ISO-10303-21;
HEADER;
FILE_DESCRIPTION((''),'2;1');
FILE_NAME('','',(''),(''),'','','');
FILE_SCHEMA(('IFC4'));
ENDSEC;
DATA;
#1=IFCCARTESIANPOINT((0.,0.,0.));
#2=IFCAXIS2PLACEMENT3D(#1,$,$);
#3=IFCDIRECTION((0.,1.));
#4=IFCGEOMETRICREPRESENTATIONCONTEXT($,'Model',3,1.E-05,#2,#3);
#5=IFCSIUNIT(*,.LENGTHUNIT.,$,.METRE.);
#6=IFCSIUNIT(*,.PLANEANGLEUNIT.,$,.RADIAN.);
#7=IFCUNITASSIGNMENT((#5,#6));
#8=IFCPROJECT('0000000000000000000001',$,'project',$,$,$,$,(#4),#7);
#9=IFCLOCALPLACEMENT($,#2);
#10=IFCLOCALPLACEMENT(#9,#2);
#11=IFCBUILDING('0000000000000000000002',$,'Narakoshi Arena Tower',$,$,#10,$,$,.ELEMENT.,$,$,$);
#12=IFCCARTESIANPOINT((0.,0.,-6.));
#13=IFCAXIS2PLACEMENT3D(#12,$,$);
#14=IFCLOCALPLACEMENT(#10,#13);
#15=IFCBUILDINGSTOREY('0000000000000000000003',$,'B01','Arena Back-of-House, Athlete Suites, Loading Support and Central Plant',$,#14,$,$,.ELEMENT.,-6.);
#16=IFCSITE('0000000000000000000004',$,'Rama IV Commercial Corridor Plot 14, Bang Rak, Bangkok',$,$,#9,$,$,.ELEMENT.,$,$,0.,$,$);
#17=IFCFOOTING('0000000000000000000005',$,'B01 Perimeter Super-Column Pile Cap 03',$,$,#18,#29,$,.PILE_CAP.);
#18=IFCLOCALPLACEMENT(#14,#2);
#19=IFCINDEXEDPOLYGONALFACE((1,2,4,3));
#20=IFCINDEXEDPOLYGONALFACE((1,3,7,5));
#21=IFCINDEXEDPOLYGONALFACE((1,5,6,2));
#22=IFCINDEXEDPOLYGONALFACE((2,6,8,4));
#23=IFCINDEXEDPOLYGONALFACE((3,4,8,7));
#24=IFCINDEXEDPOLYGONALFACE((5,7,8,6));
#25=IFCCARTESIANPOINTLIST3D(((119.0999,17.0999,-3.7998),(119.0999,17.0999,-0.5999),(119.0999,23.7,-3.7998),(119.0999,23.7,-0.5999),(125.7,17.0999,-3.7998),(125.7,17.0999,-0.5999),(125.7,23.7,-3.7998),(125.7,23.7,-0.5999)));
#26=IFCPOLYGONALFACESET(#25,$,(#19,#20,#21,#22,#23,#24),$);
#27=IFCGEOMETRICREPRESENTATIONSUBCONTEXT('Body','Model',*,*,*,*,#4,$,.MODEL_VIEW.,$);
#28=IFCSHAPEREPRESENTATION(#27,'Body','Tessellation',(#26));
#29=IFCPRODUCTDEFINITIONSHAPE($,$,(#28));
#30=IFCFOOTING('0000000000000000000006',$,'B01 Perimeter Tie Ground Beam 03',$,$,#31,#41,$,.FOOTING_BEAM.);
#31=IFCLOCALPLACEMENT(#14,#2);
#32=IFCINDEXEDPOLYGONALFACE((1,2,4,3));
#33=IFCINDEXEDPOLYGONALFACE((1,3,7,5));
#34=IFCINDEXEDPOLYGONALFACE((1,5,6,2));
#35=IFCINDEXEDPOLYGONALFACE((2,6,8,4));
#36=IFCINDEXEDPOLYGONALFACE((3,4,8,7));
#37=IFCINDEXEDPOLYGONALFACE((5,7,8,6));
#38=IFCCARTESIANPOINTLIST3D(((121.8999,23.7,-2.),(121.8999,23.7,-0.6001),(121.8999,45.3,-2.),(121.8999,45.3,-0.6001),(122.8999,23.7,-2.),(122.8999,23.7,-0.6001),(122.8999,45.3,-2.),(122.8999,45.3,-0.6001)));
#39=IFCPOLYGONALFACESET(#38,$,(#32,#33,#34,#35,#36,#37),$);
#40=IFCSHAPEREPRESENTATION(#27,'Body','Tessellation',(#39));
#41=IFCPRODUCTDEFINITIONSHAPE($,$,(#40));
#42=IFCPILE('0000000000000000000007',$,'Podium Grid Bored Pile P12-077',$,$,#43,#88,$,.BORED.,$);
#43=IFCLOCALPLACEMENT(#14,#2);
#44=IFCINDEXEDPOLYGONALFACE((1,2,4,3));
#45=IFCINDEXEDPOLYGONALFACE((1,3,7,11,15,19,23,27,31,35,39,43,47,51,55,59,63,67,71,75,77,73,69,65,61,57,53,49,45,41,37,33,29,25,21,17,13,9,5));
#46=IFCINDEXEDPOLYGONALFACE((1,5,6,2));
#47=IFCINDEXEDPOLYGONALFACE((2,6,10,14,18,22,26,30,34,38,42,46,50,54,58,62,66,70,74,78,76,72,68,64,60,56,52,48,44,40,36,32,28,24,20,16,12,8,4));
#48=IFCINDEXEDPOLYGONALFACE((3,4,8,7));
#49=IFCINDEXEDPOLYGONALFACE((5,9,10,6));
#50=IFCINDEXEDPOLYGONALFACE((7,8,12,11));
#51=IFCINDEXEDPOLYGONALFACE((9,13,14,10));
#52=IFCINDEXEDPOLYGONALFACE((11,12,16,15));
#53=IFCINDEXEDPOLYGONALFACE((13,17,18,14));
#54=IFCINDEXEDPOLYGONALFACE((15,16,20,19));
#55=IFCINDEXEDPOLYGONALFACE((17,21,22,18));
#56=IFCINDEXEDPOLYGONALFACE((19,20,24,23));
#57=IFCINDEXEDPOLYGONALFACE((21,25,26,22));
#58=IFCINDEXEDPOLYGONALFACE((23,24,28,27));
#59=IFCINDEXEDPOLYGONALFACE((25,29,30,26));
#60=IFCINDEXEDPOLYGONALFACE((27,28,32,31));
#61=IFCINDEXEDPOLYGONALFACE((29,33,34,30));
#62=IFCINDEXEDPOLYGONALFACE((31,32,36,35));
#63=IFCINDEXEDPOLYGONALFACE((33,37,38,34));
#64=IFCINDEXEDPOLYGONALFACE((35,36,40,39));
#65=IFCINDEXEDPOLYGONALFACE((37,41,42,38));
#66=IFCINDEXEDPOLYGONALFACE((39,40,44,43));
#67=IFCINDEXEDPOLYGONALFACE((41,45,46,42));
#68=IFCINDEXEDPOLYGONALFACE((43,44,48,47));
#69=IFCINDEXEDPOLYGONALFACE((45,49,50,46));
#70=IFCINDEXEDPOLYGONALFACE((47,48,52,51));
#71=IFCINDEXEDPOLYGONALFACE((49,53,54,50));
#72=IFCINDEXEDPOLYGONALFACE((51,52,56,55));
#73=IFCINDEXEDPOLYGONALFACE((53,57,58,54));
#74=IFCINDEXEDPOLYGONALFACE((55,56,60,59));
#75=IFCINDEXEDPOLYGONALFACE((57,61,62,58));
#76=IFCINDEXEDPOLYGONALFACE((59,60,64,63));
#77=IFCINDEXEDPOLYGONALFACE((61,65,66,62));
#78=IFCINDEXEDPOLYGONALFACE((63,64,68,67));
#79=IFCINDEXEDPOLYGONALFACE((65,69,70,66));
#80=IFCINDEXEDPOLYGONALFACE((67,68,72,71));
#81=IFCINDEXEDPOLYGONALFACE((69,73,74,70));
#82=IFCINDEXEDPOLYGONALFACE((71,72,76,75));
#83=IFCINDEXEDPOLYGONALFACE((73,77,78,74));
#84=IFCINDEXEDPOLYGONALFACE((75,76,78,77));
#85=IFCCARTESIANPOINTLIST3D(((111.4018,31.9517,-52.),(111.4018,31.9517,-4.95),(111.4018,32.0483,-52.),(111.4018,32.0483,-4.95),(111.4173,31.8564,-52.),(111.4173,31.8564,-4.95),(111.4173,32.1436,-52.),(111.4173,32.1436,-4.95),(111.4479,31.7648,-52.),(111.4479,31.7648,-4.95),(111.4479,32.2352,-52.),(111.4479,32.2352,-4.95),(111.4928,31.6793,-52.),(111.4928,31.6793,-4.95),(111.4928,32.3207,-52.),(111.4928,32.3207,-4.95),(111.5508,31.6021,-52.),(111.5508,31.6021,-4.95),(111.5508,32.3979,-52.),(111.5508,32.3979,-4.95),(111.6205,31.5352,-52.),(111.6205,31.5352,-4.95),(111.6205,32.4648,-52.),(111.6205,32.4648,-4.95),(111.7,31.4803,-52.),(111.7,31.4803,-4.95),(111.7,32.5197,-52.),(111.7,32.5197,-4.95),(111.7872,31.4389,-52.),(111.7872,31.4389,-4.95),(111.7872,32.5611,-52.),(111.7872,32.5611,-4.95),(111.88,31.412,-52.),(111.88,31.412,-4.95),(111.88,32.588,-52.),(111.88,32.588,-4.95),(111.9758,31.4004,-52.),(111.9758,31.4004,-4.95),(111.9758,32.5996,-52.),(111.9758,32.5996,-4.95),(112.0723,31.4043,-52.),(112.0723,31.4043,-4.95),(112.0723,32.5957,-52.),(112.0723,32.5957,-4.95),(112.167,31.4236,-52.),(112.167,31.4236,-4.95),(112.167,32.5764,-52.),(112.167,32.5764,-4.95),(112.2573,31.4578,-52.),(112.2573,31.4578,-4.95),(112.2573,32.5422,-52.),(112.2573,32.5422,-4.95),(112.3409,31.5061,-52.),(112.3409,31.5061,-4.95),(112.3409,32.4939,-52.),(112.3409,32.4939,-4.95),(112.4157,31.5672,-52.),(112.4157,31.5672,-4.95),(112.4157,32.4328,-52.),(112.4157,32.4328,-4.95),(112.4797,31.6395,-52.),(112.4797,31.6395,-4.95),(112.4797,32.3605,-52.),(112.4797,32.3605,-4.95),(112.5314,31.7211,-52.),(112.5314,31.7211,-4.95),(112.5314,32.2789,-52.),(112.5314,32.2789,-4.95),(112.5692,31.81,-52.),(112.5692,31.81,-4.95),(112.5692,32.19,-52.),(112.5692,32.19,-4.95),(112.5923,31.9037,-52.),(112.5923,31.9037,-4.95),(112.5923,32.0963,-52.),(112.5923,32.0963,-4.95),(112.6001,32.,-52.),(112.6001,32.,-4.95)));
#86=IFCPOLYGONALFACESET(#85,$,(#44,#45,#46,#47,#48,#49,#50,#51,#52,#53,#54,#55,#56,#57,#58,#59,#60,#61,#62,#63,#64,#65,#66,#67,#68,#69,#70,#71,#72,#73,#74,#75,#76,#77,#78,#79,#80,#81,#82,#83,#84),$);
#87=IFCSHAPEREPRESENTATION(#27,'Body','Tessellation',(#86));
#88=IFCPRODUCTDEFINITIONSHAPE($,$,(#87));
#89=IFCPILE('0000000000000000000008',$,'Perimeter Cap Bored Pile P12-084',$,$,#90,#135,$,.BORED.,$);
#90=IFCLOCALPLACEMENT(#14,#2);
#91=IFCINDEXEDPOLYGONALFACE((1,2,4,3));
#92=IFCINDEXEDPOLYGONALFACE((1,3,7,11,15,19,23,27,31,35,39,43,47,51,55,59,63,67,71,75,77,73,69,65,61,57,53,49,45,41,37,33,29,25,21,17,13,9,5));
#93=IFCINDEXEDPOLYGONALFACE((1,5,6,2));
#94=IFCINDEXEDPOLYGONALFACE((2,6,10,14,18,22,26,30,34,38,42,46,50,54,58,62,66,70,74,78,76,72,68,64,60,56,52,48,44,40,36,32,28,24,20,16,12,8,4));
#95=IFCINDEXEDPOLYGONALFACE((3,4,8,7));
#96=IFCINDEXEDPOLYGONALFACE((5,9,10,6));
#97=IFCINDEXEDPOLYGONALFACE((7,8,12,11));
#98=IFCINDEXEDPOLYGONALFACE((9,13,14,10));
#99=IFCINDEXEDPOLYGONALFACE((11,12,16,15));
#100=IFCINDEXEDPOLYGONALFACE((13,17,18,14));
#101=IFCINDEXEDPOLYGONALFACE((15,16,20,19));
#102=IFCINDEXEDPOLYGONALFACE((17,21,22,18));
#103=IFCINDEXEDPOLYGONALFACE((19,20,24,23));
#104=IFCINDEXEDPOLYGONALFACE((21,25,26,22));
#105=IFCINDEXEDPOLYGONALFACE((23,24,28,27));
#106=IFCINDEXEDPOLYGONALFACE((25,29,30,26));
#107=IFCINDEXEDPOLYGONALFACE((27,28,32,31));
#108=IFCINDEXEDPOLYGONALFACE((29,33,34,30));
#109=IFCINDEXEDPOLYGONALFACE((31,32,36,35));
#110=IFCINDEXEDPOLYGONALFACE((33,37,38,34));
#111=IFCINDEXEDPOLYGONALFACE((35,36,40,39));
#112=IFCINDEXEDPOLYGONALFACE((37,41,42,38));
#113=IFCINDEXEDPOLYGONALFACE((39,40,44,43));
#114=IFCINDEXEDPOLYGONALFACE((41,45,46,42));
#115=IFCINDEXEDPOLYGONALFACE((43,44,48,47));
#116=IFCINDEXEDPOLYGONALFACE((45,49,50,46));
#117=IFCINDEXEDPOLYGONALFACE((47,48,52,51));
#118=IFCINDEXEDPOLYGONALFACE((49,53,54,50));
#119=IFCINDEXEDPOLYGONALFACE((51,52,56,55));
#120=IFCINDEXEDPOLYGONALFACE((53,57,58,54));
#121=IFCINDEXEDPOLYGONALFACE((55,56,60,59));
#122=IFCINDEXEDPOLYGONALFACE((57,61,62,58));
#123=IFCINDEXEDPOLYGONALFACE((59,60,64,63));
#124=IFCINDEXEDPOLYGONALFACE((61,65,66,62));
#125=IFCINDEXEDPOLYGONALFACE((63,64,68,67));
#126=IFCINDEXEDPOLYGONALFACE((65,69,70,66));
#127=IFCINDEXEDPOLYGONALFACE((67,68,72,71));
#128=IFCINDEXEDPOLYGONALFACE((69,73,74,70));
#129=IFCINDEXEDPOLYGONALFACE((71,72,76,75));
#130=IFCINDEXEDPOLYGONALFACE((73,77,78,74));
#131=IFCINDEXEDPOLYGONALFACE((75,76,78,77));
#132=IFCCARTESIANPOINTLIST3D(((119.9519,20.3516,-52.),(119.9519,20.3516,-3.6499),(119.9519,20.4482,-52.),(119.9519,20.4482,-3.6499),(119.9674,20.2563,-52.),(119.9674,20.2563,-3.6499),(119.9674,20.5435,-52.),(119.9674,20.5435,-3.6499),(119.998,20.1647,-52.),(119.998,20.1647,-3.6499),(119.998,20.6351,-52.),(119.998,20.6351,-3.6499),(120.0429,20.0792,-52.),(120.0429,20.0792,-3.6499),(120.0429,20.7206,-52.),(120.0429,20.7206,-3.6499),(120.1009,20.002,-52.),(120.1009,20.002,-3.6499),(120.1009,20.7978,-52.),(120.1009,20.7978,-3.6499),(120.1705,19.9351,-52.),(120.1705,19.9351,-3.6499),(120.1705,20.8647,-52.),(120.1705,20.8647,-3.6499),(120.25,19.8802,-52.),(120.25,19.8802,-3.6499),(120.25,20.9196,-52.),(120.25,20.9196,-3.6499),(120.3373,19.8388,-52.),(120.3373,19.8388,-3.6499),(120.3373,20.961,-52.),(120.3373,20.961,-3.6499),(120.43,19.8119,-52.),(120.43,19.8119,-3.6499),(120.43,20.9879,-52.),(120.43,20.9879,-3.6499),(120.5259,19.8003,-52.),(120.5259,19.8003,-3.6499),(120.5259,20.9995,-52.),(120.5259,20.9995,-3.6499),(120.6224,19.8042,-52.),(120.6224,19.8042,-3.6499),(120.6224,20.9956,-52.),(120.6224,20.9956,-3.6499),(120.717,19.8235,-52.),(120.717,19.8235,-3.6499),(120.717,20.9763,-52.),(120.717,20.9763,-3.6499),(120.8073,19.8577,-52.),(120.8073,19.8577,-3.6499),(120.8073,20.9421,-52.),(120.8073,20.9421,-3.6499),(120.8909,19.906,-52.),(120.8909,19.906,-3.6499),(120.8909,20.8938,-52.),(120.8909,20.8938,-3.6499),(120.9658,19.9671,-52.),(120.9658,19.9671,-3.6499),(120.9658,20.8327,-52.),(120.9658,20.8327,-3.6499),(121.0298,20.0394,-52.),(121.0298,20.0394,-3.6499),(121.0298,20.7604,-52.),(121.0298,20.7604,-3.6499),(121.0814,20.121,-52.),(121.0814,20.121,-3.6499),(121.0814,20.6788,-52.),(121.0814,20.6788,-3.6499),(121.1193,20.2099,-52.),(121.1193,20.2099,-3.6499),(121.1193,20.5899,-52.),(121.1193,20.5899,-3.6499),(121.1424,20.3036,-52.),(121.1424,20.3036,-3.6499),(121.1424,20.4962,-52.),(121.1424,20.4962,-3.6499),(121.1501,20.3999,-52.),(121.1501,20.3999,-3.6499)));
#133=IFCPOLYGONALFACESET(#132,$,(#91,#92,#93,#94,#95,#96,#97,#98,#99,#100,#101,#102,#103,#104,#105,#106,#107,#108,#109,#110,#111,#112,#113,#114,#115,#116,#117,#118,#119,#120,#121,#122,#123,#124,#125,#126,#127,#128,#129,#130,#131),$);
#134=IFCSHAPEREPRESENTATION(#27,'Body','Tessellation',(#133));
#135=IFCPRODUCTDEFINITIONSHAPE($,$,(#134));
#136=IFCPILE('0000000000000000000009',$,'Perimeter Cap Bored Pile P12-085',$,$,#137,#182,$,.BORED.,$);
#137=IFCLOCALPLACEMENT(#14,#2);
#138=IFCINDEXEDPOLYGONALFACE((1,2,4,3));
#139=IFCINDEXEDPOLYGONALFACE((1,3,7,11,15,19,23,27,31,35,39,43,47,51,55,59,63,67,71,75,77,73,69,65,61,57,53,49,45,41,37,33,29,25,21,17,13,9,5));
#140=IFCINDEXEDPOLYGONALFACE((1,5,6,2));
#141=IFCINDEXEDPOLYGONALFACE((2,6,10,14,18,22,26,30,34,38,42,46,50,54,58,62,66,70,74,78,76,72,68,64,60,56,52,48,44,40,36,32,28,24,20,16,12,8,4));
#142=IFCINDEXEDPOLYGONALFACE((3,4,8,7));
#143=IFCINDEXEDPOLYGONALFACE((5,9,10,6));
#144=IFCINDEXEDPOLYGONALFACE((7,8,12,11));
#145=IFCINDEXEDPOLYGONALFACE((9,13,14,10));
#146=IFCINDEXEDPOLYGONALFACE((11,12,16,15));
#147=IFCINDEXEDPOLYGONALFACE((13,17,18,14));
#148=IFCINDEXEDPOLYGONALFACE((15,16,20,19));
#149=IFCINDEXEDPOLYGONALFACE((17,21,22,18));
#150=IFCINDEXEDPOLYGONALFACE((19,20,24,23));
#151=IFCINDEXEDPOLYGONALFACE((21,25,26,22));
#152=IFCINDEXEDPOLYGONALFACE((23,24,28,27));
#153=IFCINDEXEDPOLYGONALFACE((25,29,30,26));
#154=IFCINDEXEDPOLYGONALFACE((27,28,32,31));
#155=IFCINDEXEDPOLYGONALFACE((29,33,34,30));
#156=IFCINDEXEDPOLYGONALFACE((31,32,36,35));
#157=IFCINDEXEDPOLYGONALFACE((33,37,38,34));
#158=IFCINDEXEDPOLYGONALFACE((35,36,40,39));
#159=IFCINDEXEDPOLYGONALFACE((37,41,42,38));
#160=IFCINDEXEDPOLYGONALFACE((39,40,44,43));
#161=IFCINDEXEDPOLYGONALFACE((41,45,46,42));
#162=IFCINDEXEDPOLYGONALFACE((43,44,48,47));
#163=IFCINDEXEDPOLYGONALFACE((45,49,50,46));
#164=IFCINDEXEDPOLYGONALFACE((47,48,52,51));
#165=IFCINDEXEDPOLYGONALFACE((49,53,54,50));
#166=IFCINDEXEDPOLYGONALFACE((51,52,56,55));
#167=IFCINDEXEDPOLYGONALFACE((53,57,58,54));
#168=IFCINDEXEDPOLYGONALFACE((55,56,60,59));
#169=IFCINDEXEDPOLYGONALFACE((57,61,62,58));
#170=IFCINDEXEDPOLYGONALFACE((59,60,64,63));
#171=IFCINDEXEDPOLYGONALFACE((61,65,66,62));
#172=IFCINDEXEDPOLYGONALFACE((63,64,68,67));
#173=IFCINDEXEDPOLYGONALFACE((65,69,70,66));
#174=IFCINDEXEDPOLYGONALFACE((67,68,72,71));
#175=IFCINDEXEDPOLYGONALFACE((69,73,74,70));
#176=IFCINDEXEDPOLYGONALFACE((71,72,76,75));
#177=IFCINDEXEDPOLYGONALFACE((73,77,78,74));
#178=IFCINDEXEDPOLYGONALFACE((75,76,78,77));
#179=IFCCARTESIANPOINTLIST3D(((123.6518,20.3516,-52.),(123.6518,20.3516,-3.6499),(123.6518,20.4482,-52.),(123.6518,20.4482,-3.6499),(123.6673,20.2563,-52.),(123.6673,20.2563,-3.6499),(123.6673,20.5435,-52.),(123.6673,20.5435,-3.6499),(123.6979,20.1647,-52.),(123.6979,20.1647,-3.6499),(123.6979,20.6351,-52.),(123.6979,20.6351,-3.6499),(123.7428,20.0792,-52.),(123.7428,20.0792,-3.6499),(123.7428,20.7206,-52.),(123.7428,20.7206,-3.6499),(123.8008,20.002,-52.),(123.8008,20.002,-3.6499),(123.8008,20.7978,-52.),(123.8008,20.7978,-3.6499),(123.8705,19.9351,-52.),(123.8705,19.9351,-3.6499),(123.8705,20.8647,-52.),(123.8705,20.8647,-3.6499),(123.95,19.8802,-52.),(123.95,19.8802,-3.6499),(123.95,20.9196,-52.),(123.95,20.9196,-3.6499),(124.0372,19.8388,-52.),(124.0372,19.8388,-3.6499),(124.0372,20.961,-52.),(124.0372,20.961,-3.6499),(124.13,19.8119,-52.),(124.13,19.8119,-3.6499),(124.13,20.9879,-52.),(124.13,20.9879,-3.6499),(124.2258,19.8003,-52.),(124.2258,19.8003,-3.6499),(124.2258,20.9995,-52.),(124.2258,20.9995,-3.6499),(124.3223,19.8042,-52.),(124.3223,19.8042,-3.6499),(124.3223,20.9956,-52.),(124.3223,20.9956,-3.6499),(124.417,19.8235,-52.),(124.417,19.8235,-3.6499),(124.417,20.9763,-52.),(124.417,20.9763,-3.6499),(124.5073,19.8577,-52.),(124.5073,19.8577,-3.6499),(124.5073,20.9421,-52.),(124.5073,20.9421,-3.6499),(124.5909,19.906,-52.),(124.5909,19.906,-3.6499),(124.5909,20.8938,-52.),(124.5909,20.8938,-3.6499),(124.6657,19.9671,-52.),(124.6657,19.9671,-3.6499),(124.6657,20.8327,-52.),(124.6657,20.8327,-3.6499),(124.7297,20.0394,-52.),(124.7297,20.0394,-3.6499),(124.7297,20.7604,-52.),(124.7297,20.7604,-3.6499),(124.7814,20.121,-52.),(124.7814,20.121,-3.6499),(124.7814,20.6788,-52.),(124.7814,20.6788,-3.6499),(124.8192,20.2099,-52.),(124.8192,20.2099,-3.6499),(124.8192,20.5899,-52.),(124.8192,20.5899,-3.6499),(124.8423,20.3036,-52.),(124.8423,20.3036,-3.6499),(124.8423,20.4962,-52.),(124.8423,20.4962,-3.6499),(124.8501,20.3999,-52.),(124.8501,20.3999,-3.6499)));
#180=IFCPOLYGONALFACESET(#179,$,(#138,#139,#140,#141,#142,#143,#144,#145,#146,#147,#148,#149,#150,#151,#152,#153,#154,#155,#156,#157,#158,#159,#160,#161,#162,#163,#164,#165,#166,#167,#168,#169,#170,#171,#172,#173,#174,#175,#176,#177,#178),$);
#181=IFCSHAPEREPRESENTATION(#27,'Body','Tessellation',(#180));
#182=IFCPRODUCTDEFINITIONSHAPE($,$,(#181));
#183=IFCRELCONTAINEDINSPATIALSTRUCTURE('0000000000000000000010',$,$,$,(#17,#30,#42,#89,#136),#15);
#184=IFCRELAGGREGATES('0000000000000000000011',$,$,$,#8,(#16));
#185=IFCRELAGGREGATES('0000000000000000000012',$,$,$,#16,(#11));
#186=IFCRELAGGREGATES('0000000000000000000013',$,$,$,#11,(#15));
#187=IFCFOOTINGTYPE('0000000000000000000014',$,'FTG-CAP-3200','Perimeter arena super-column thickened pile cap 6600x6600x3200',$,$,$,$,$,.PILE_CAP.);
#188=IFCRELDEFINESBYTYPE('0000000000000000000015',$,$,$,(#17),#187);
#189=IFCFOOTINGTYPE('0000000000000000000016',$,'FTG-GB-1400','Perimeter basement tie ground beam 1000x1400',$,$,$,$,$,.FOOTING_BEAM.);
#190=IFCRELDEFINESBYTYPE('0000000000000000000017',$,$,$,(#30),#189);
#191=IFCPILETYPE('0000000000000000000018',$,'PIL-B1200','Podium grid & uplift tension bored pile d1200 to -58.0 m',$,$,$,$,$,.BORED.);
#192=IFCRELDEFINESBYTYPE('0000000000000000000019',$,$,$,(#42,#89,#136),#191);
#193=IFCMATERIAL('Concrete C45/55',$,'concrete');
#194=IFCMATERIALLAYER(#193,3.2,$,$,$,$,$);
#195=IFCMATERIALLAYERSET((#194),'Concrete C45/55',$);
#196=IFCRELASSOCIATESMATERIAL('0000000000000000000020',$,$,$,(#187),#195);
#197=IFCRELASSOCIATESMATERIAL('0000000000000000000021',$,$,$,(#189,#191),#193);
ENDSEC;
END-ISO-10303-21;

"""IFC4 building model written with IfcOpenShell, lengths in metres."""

from ifc_helpers import new_model, si_unit, direction, frame, origin, origin_2d, place, context, subcontext, project, spatial, rectangle, circle, extrude, material, layer, layer_set, material_profile, profile_set, type_object, element, save


model = new_model("IFC4")

# Units and contexts
model_context = context("Model", 3, precision=1e-05, world=origin(), true_north=direction((0.0, 1.0)))
body_context = subcontext(model_context, "Body", "Model", "MODEL_VIEW")
ifc_project = project(units=[si_unit("LENGTHUNIT", "METRE"), si_unit("PLANEANGLEUNIT", "RADIAN")], contexts=[model_context])

# Site, building, storey
site_placement = place(None, origin())
site = spatial("IfcSite", under=ifc_project, at=site_placement, Name="Rama IV Commercial Corridor Plot 14, Bang Rak, Bangkok", CompositionType="ELEMENT", RefElevation=0.0)
building_placement = place(site_placement, origin())
building = spatial("IfcBuilding", under=site, at=building_placement, Name="Narakoshi Arena Tower", CompositionType="ELEMENT")
storey_placement = place(building_placement, frame((0.0, 0.0, -6.0)))
storey = spatial("IfcBuildingStorey", under=building, at=storey_placement, Name="B01", Description="Arena Back-of-House, Athlete Suites, Loading Support and Central Plant", CompositionType="ELEMENT", Elevation=-6.0)

# Footings
ifc_material_1 = material(Name="Concrete C45/55", Category="concrete")
ifc_layer_1 = layer(ifc_material_1, 3.2)
ifc_layer_set_1 = layer_set([ifc_layer_1], Name="Concrete C45/55")
footing_type_1 = type_object("IfcFootingType", Name="FTG-CAP-3200", Description="Perimeter arena super-column thickened pile cap 6600x6600x3200", PredefinedType="PILE_CAP", material=ifc_layer_set_1)
footing_1_placement = place(storey_placement, frame((122.3999, 20.3999, -3.7998), z_axis=(0.0, 0.0, 1.0), x_axis=(1.0, 0.0, 0.0)))
element("IfcFooting", 1, at=footing_1_placement, inside=storey, type_object=footing_type_1, Name="B01 Perimeter Super-Column Pile Cap 03", PredefinedType="PILE_CAP", context=body_context, shape_type="SweptSolid", body=[
    extrude(rectangle(XDim=6.6001, YDim=6.6001, at=origin_2d()), origin(), (0.0, 0.0, 1.0), 3.2),
])
ifc_material_profile_1 = material_profile(ifc_material_1, rectangle(XDim=1.0, YDim=1.3999, at=origin_2d()), Name="RGB1000x1400")
ifc_profile_set_1 = profile_set([ifc_material_profile_1], Name="Concrete C45/55")
footing_type_2 = type_object("IfcFootingType", Name="FTG-GB-1400", Description="Perimeter basement tie ground beam 1000x1400", PredefinedType="FOOTING_BEAM", material=ifc_profile_set_1)
footing_2_placement = place(storey_placement, frame((122.3999, 23.7, -1.3), z_axis=(0.0, 1.0, 0.0), x_axis=(-1.0, 0.0, 0.0)))
element("IfcFooting", 2, at=footing_2_placement, inside=storey, type_object=footing_type_2, Name="B01 Perimeter Tie Ground Beam 03", PredefinedType="FOOTING_BEAM", context=body_context, shape_type="SweptSolid", body=[
    extrude(rectangle(XDim=1.0, YDim=1.3999, at=origin_2d()), origin(), (0.0, 0.0, 1.0), 21.6001),
])

# Piles
ifc_material_profile_2 = material_profile(ifc_material_1, circle(Radius=0.6001, at=origin_2d()), Name="PILE-D1200")
ifc_profile_set_2 = profile_set([ifc_material_profile_2], Name="Concrete C45/55")
pile_type_1 = type_object("IfcPileType", Name="PIL-B1200", Description="Podium grid & uplift tension bored pile d1200 to -58.0 m", PredefinedType="BORED", material=ifc_profile_set_2)
pile_1_placement = place(storey_placement, frame((112.0, 32.0, -4.95), z_axis=(0.0, 0.0, -1.0), x_axis=(1.0, 0.0, 0.0)))
element("IfcPile", 3, at=pile_1_placement, inside=storey, type_object=pile_type_1, Name="Podium Grid Bored Pile P12-077", PredefinedType="BORED", context=body_context, shape_type="SweptSolid", body=[
    extrude(circle(Radius=0.6001, at=origin_2d()), origin(), (0.0, 0.0, 1.0), 47.05),
])
for number, where, z_axis, x_axis, name in (
    (4, (120.55, 20.3999, -3.6499), (0.0, 0.0, -1.0), (1.0, 0.0, 0.0), "Perimeter Cap Bored Pile P12-084"),
    (5, (124.25, 20.3999, -3.6499), (0.0, 0.0, -1.0), (1.0, 0.0, 0.0), "Perimeter Cap Bored Pile P12-085"),
):
    element("IfcPile", number, at=place(storey_placement, frame(where, z_axis=z_axis, x_axis=x_axis)), inside=storey, type_object=pile_type_1, Name=name, PredefinedType="BORED", context=body_context, shape_type="SweptSolid", body=[
        extrude(circle(Radius=0.6001, at=origin_2d()), origin(), (0.0, 0.0, 1.0), 48.3501),
    ])

save(model, "model.ifc")
